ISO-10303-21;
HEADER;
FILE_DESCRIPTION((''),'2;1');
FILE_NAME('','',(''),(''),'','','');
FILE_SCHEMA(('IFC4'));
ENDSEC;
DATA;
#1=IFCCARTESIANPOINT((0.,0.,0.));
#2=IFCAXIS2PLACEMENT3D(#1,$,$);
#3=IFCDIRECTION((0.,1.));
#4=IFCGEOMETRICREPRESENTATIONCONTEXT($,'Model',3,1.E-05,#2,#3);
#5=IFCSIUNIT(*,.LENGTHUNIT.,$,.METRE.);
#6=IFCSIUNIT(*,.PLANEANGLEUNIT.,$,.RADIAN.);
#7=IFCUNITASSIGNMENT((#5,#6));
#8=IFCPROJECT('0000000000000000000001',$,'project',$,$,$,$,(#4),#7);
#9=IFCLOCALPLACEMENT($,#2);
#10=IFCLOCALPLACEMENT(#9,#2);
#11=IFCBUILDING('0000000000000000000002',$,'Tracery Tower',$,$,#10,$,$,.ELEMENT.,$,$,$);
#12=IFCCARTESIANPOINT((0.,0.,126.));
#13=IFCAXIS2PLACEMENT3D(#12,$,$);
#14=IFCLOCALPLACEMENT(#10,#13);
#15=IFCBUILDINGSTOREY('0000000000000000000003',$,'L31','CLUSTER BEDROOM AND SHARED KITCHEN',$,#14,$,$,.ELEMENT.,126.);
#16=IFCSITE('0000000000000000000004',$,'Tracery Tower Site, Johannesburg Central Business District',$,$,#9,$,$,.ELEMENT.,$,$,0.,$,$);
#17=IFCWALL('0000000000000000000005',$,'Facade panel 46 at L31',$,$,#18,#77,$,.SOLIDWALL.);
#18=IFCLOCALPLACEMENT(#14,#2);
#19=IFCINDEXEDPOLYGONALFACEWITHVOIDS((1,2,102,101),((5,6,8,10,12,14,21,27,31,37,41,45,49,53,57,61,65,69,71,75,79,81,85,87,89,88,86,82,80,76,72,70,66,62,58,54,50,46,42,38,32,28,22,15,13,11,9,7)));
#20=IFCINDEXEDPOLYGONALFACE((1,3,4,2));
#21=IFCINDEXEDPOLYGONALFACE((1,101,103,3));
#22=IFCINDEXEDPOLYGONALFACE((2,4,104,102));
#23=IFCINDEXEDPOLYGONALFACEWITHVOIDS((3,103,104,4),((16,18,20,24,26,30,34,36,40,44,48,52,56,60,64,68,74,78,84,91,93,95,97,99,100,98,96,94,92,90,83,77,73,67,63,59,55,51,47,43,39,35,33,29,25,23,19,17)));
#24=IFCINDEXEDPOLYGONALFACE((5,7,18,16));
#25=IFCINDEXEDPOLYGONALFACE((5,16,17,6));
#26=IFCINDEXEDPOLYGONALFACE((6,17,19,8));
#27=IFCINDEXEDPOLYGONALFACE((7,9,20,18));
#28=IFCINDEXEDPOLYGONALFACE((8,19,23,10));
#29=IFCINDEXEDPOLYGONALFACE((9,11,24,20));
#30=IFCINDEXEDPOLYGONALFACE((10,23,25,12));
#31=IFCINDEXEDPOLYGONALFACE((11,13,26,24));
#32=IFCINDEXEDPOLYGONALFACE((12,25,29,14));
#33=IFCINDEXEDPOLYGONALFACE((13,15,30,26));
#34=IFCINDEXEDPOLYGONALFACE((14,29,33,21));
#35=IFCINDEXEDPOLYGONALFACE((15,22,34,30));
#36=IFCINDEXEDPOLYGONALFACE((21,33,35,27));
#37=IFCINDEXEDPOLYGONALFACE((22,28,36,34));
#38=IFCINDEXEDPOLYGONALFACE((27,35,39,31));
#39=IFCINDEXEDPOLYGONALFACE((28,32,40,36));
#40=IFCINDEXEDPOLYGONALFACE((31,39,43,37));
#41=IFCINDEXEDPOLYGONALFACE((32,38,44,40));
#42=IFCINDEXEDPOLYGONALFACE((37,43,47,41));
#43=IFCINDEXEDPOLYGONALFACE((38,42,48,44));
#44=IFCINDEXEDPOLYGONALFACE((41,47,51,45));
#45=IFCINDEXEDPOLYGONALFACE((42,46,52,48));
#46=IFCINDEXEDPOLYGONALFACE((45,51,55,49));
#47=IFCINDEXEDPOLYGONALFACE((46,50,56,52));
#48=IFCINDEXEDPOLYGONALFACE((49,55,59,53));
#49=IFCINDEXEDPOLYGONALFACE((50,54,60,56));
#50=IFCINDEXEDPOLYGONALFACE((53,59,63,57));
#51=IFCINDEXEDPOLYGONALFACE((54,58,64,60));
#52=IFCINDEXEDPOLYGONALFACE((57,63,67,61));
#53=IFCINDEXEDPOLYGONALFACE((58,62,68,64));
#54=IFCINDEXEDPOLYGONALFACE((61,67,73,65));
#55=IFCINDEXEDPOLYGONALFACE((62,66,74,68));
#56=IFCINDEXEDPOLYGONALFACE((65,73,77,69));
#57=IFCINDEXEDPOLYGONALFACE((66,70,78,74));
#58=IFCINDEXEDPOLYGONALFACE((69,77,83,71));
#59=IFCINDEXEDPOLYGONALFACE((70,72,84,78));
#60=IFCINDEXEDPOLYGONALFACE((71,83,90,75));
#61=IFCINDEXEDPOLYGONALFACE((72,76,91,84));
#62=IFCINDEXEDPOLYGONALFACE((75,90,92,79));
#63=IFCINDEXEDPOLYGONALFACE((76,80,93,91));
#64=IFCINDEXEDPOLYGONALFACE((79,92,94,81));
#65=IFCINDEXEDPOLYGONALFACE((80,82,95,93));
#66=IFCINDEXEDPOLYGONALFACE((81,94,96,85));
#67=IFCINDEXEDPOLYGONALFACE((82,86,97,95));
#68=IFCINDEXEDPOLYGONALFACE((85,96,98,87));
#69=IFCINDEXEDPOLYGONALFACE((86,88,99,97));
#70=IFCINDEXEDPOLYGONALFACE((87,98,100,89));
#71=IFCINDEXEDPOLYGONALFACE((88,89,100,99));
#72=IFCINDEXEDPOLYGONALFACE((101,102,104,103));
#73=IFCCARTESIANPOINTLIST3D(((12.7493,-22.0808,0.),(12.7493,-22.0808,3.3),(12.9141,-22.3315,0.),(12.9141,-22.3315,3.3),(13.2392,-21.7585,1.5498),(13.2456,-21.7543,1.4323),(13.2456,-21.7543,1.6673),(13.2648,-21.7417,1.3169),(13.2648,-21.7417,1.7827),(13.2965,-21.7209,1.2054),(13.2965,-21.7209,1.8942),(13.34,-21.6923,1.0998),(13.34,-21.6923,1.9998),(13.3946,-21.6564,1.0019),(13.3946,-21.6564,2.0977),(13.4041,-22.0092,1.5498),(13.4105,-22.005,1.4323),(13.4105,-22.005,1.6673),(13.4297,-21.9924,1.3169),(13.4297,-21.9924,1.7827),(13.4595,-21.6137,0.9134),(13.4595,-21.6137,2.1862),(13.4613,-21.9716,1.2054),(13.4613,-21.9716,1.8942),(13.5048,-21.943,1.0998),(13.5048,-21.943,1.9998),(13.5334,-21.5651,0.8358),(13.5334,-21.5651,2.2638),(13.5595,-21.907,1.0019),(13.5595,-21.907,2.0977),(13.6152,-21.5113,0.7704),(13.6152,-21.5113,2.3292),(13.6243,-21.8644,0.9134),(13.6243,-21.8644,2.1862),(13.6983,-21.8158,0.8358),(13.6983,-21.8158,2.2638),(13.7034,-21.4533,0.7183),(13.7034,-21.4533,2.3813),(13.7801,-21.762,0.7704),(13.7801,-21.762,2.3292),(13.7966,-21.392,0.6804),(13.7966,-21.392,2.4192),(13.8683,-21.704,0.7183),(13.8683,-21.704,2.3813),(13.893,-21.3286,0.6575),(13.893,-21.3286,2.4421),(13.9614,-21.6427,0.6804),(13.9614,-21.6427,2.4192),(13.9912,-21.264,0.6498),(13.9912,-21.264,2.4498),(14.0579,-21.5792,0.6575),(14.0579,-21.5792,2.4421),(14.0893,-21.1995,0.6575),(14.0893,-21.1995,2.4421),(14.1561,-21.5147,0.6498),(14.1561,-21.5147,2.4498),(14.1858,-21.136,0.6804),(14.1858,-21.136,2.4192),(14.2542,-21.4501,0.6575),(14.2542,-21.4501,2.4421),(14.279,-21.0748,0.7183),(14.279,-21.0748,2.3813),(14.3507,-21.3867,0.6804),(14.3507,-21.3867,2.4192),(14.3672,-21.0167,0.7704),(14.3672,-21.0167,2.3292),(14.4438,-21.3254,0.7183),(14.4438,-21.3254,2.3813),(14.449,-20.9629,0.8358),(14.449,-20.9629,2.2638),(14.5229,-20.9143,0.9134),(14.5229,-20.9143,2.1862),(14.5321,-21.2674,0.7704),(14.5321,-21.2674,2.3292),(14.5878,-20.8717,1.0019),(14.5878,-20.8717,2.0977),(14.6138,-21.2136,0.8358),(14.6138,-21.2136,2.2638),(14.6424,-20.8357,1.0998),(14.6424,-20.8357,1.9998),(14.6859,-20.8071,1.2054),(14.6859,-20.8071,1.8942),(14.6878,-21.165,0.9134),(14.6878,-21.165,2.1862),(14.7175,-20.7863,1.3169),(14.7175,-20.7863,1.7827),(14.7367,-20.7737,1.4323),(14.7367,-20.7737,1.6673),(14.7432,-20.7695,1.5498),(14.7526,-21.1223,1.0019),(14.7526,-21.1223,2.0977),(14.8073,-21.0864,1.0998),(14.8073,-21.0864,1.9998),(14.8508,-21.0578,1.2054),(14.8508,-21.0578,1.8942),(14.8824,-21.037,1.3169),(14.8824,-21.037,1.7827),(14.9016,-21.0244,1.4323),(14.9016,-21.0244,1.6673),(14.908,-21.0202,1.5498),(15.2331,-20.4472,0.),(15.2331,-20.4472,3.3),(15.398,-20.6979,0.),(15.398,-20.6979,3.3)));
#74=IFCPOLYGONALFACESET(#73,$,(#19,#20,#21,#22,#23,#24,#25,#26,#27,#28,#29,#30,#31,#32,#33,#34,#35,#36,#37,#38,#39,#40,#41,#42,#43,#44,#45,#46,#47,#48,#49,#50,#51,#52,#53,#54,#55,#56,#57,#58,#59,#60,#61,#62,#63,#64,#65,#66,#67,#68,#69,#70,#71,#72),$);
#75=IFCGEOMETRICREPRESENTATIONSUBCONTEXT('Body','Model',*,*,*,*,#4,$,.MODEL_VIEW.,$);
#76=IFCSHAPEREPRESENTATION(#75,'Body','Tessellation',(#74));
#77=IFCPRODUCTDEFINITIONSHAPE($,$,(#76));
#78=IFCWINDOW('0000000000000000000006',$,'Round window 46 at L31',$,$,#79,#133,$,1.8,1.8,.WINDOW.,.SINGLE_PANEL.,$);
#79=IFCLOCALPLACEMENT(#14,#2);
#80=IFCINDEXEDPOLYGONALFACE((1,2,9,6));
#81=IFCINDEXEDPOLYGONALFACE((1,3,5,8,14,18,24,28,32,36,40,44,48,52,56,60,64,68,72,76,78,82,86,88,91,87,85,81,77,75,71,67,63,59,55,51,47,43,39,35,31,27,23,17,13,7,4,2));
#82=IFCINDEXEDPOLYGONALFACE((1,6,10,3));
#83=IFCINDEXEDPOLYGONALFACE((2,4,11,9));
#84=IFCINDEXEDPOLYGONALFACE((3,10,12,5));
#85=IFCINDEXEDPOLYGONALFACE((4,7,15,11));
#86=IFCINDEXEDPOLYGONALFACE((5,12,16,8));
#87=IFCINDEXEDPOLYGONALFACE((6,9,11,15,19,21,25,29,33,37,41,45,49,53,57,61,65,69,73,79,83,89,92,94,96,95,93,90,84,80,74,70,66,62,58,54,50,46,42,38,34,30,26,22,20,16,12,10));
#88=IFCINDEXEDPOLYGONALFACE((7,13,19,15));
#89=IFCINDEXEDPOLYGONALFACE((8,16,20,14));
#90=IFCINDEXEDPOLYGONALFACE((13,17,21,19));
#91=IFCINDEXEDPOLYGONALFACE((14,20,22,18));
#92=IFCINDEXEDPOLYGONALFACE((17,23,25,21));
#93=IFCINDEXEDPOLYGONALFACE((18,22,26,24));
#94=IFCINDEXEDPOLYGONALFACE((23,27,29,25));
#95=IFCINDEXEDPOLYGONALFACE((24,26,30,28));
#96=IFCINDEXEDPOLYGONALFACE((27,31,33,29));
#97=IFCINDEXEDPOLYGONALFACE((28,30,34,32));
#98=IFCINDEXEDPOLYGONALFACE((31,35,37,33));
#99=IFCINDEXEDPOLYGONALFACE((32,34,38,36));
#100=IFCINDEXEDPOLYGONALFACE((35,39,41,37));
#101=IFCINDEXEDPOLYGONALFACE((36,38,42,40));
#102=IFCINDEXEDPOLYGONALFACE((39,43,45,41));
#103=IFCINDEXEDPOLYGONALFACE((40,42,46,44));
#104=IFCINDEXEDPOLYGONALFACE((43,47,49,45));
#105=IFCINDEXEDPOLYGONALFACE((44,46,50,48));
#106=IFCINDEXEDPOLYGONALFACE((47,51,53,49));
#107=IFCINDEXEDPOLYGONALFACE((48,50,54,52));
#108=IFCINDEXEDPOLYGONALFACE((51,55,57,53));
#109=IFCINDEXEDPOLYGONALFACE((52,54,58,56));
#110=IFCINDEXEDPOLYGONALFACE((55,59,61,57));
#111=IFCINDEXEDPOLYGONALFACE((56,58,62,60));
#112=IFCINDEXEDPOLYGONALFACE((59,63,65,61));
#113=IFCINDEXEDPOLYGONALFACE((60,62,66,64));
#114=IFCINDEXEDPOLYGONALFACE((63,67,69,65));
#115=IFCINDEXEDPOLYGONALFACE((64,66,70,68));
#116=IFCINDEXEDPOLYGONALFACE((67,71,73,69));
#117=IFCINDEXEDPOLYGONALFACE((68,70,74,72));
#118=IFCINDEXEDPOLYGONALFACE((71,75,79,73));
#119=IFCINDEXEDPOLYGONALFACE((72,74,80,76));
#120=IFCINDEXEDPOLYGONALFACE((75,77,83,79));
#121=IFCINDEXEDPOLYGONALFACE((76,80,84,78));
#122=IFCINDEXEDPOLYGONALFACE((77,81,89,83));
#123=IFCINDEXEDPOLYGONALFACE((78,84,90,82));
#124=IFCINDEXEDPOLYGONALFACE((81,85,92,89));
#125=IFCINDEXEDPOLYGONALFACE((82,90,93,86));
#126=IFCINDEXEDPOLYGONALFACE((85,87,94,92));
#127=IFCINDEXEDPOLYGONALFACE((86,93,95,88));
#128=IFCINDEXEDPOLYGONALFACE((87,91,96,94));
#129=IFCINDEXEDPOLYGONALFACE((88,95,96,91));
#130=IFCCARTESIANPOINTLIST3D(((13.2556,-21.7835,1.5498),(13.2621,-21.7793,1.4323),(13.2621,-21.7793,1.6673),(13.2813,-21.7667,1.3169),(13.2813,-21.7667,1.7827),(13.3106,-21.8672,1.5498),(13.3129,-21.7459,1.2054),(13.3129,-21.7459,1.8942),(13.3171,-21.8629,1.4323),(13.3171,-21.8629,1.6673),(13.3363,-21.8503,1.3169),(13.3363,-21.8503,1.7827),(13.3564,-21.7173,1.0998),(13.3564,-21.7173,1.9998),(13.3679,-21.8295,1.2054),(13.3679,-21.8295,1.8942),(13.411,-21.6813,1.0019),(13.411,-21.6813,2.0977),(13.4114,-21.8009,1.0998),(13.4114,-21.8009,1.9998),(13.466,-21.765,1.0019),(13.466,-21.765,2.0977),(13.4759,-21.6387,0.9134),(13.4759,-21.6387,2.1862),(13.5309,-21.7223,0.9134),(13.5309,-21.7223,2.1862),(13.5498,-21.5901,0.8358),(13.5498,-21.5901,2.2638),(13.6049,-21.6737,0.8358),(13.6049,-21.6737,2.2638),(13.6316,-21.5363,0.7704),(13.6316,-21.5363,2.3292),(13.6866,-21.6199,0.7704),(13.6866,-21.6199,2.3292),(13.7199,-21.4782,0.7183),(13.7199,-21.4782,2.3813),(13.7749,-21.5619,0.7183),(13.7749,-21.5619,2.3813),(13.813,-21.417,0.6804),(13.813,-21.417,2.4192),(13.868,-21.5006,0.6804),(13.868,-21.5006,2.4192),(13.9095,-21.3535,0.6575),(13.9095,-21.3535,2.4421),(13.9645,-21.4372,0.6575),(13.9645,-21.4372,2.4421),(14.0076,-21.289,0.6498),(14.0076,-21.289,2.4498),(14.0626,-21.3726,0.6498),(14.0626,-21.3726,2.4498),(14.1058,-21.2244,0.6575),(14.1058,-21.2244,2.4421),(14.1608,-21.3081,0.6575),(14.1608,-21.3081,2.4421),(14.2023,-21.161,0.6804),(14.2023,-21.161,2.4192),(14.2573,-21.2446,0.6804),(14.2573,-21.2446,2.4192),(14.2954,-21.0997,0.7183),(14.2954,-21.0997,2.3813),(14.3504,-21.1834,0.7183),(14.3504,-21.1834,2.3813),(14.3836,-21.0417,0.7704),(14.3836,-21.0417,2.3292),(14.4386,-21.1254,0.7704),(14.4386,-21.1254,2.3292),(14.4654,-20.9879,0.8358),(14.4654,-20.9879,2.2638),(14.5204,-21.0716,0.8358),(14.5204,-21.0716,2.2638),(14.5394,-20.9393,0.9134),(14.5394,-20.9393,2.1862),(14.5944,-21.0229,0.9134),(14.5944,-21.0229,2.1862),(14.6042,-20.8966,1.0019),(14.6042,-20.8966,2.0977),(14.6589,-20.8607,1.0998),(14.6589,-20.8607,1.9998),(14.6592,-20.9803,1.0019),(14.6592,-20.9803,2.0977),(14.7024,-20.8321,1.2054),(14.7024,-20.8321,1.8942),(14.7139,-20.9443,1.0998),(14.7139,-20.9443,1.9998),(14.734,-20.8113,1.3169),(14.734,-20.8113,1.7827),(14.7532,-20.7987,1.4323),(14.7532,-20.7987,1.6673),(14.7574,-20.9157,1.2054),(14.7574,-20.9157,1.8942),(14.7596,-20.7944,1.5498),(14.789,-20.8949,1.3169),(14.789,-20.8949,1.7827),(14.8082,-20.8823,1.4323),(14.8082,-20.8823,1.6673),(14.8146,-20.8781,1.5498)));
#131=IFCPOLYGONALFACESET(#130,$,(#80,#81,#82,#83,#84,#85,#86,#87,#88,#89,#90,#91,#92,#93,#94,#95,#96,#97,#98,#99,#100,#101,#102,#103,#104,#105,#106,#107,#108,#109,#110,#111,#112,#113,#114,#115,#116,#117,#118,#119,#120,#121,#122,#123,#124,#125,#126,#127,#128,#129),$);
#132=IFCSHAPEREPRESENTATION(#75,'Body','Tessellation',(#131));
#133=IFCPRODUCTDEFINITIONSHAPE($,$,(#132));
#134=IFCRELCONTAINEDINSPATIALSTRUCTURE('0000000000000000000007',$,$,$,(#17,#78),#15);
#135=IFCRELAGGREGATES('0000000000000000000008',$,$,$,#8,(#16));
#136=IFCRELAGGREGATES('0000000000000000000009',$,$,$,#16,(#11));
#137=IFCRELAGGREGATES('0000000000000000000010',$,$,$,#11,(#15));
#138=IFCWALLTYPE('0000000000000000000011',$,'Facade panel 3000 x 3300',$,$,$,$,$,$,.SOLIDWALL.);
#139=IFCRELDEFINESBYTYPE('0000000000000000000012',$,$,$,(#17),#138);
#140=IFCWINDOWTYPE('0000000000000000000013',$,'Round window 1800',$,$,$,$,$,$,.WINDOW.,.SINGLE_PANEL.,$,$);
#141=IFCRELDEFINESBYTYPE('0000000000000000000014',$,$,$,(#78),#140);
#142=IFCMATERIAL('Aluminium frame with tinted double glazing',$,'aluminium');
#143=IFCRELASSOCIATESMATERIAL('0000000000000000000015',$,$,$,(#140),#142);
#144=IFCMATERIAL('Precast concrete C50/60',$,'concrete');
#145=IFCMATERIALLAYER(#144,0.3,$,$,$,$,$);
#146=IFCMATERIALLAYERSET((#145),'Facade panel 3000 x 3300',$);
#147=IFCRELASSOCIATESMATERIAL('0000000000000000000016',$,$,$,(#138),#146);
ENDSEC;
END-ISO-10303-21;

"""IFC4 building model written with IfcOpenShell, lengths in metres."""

from ifc_helpers import new_model, si_unit, direction, frame, frame_2d, origin, origin_2d, place, context, subcontext, project, spatial, rectangle, circle, extrude, material, layer, layer_set, type_object, element, fill, save


model = new_model("IFC4")

# Units and contexts
model_context = context("Model", 3, precision=1e-05, world=origin(), true_north=direction((0.0, 1.0)))
body_context = subcontext(model_context, "Body", "Model", "MODEL_VIEW")
ifc_project = project(units=[si_unit("LENGTHUNIT", "METRE"), si_unit("PLANEANGLEUNIT", "RADIAN")], contexts=[model_context])

# Site, building, storey
site_placement = place(None, origin())
site = spatial("IfcSite", under=ifc_project, at=site_placement, Name="Tracery Tower Site, Johannesburg Central Business District", CompositionType="ELEMENT", RefElevation=0.0)
building_placement = place(site_placement, origin())
building = spatial("IfcBuilding", under=site, at=building_placement, Name="Tracery Tower", CompositionType="ELEMENT")
storey_placement = place(building_placement, frame((0.0, 0.0, 126.0)))
storey = spatial("IfcBuildingStorey", under=building, at=storey_placement, Name="L31", Description="CLUSTER BEDROOM AND SHARED KITCHEN", CompositionType="ELEMENT", Elevation=126.0)

# Wall, opening, window
ifc_material_1 = material(Name="Aluminium frame with tinted double glazing", Category="aluminium")
window_type = type_object("IfcWindowType", Name="Round window 1800", PartitioningType="SINGLE_PANEL", PredefinedType="WINDOW", material=ifc_material_1)
ifc_material_2 = material(Name="Precast concrete C50/60", Category="concrete")
ifc_layer_1 = layer(ifc_material_2, 0.3)
ifc_layer_set_1 = layer_set([ifc_layer_1], Name="Facade panel 3000 x 3300")
wall_type_1 = type_object("IfcWallType", Name="Facade panel 3000 x 3300", PredefinedType="SOLIDWALL", material=ifc_layer_set_1)
wall_1_placement = place(storey_placement, frame((12.8318, -22.2061, 0.0), z_axis=(0.0, 0.0, 1.0), x_axis=(0.835508, 0.549478, 0.0)))
wall_1 = element("IfcWall", 1, at=wall_1_placement, inside=storey, type_object=wall_type_1, Name="Facade panel 46 at L31", PredefinedType="SOLIDWALL", context=body_context, shape_type="SweptSolid", body=[
    extrude(rectangle(XDim=2.9729, YDim=0.3, at=frame_2d((1.4863, 0.0))), origin(), (0.0, 0.0, 1.0), 3.3),
])
opening_1_placement = place(wall_1_placement, frame((1.4863, 0.0, 1.5498)))
opening_1 = element("IfcOpeningElement", 2, at=opening_1_placement, cuts=wall_1, PredefinedType="OPENING", context=body_context, shape_type="SweptSolid", body=[
    extrude(circle(Radius=0.9, at=origin_2d()), frame((0.0, 0.1599, 0.0), z_axis=(0.0, -1.0, 0.0), x_axis=(1.0, 0.0, 0.0)), (0.0, 0.0, 1.0), 0.3201),
])
window_1_placement = place(opening_1_placement, origin())
window_1 = element("IfcWindow", 3, at=window_1_placement, inside=storey, type_object=window_type, Name="Round window 46 at L31", OverallHeight=1.8, OverallWidth=1.8, PartitioningType="SINGLE_PANEL", PredefinedType="WINDOW", context=body_context, shape_type="SweptSolid", body=[
    extrude(circle(Radius=0.9, at=origin_2d()), frame((0.0, 0.1201, 0.0), z_axis=(0.0, -1.0, 0.0), x_axis=(1.0, 0.0, 0.0)), (0.0, 0.0, 1.0), 0.1001),
])
fill(opening_1, window_1)

save(model, "model.ifc")
